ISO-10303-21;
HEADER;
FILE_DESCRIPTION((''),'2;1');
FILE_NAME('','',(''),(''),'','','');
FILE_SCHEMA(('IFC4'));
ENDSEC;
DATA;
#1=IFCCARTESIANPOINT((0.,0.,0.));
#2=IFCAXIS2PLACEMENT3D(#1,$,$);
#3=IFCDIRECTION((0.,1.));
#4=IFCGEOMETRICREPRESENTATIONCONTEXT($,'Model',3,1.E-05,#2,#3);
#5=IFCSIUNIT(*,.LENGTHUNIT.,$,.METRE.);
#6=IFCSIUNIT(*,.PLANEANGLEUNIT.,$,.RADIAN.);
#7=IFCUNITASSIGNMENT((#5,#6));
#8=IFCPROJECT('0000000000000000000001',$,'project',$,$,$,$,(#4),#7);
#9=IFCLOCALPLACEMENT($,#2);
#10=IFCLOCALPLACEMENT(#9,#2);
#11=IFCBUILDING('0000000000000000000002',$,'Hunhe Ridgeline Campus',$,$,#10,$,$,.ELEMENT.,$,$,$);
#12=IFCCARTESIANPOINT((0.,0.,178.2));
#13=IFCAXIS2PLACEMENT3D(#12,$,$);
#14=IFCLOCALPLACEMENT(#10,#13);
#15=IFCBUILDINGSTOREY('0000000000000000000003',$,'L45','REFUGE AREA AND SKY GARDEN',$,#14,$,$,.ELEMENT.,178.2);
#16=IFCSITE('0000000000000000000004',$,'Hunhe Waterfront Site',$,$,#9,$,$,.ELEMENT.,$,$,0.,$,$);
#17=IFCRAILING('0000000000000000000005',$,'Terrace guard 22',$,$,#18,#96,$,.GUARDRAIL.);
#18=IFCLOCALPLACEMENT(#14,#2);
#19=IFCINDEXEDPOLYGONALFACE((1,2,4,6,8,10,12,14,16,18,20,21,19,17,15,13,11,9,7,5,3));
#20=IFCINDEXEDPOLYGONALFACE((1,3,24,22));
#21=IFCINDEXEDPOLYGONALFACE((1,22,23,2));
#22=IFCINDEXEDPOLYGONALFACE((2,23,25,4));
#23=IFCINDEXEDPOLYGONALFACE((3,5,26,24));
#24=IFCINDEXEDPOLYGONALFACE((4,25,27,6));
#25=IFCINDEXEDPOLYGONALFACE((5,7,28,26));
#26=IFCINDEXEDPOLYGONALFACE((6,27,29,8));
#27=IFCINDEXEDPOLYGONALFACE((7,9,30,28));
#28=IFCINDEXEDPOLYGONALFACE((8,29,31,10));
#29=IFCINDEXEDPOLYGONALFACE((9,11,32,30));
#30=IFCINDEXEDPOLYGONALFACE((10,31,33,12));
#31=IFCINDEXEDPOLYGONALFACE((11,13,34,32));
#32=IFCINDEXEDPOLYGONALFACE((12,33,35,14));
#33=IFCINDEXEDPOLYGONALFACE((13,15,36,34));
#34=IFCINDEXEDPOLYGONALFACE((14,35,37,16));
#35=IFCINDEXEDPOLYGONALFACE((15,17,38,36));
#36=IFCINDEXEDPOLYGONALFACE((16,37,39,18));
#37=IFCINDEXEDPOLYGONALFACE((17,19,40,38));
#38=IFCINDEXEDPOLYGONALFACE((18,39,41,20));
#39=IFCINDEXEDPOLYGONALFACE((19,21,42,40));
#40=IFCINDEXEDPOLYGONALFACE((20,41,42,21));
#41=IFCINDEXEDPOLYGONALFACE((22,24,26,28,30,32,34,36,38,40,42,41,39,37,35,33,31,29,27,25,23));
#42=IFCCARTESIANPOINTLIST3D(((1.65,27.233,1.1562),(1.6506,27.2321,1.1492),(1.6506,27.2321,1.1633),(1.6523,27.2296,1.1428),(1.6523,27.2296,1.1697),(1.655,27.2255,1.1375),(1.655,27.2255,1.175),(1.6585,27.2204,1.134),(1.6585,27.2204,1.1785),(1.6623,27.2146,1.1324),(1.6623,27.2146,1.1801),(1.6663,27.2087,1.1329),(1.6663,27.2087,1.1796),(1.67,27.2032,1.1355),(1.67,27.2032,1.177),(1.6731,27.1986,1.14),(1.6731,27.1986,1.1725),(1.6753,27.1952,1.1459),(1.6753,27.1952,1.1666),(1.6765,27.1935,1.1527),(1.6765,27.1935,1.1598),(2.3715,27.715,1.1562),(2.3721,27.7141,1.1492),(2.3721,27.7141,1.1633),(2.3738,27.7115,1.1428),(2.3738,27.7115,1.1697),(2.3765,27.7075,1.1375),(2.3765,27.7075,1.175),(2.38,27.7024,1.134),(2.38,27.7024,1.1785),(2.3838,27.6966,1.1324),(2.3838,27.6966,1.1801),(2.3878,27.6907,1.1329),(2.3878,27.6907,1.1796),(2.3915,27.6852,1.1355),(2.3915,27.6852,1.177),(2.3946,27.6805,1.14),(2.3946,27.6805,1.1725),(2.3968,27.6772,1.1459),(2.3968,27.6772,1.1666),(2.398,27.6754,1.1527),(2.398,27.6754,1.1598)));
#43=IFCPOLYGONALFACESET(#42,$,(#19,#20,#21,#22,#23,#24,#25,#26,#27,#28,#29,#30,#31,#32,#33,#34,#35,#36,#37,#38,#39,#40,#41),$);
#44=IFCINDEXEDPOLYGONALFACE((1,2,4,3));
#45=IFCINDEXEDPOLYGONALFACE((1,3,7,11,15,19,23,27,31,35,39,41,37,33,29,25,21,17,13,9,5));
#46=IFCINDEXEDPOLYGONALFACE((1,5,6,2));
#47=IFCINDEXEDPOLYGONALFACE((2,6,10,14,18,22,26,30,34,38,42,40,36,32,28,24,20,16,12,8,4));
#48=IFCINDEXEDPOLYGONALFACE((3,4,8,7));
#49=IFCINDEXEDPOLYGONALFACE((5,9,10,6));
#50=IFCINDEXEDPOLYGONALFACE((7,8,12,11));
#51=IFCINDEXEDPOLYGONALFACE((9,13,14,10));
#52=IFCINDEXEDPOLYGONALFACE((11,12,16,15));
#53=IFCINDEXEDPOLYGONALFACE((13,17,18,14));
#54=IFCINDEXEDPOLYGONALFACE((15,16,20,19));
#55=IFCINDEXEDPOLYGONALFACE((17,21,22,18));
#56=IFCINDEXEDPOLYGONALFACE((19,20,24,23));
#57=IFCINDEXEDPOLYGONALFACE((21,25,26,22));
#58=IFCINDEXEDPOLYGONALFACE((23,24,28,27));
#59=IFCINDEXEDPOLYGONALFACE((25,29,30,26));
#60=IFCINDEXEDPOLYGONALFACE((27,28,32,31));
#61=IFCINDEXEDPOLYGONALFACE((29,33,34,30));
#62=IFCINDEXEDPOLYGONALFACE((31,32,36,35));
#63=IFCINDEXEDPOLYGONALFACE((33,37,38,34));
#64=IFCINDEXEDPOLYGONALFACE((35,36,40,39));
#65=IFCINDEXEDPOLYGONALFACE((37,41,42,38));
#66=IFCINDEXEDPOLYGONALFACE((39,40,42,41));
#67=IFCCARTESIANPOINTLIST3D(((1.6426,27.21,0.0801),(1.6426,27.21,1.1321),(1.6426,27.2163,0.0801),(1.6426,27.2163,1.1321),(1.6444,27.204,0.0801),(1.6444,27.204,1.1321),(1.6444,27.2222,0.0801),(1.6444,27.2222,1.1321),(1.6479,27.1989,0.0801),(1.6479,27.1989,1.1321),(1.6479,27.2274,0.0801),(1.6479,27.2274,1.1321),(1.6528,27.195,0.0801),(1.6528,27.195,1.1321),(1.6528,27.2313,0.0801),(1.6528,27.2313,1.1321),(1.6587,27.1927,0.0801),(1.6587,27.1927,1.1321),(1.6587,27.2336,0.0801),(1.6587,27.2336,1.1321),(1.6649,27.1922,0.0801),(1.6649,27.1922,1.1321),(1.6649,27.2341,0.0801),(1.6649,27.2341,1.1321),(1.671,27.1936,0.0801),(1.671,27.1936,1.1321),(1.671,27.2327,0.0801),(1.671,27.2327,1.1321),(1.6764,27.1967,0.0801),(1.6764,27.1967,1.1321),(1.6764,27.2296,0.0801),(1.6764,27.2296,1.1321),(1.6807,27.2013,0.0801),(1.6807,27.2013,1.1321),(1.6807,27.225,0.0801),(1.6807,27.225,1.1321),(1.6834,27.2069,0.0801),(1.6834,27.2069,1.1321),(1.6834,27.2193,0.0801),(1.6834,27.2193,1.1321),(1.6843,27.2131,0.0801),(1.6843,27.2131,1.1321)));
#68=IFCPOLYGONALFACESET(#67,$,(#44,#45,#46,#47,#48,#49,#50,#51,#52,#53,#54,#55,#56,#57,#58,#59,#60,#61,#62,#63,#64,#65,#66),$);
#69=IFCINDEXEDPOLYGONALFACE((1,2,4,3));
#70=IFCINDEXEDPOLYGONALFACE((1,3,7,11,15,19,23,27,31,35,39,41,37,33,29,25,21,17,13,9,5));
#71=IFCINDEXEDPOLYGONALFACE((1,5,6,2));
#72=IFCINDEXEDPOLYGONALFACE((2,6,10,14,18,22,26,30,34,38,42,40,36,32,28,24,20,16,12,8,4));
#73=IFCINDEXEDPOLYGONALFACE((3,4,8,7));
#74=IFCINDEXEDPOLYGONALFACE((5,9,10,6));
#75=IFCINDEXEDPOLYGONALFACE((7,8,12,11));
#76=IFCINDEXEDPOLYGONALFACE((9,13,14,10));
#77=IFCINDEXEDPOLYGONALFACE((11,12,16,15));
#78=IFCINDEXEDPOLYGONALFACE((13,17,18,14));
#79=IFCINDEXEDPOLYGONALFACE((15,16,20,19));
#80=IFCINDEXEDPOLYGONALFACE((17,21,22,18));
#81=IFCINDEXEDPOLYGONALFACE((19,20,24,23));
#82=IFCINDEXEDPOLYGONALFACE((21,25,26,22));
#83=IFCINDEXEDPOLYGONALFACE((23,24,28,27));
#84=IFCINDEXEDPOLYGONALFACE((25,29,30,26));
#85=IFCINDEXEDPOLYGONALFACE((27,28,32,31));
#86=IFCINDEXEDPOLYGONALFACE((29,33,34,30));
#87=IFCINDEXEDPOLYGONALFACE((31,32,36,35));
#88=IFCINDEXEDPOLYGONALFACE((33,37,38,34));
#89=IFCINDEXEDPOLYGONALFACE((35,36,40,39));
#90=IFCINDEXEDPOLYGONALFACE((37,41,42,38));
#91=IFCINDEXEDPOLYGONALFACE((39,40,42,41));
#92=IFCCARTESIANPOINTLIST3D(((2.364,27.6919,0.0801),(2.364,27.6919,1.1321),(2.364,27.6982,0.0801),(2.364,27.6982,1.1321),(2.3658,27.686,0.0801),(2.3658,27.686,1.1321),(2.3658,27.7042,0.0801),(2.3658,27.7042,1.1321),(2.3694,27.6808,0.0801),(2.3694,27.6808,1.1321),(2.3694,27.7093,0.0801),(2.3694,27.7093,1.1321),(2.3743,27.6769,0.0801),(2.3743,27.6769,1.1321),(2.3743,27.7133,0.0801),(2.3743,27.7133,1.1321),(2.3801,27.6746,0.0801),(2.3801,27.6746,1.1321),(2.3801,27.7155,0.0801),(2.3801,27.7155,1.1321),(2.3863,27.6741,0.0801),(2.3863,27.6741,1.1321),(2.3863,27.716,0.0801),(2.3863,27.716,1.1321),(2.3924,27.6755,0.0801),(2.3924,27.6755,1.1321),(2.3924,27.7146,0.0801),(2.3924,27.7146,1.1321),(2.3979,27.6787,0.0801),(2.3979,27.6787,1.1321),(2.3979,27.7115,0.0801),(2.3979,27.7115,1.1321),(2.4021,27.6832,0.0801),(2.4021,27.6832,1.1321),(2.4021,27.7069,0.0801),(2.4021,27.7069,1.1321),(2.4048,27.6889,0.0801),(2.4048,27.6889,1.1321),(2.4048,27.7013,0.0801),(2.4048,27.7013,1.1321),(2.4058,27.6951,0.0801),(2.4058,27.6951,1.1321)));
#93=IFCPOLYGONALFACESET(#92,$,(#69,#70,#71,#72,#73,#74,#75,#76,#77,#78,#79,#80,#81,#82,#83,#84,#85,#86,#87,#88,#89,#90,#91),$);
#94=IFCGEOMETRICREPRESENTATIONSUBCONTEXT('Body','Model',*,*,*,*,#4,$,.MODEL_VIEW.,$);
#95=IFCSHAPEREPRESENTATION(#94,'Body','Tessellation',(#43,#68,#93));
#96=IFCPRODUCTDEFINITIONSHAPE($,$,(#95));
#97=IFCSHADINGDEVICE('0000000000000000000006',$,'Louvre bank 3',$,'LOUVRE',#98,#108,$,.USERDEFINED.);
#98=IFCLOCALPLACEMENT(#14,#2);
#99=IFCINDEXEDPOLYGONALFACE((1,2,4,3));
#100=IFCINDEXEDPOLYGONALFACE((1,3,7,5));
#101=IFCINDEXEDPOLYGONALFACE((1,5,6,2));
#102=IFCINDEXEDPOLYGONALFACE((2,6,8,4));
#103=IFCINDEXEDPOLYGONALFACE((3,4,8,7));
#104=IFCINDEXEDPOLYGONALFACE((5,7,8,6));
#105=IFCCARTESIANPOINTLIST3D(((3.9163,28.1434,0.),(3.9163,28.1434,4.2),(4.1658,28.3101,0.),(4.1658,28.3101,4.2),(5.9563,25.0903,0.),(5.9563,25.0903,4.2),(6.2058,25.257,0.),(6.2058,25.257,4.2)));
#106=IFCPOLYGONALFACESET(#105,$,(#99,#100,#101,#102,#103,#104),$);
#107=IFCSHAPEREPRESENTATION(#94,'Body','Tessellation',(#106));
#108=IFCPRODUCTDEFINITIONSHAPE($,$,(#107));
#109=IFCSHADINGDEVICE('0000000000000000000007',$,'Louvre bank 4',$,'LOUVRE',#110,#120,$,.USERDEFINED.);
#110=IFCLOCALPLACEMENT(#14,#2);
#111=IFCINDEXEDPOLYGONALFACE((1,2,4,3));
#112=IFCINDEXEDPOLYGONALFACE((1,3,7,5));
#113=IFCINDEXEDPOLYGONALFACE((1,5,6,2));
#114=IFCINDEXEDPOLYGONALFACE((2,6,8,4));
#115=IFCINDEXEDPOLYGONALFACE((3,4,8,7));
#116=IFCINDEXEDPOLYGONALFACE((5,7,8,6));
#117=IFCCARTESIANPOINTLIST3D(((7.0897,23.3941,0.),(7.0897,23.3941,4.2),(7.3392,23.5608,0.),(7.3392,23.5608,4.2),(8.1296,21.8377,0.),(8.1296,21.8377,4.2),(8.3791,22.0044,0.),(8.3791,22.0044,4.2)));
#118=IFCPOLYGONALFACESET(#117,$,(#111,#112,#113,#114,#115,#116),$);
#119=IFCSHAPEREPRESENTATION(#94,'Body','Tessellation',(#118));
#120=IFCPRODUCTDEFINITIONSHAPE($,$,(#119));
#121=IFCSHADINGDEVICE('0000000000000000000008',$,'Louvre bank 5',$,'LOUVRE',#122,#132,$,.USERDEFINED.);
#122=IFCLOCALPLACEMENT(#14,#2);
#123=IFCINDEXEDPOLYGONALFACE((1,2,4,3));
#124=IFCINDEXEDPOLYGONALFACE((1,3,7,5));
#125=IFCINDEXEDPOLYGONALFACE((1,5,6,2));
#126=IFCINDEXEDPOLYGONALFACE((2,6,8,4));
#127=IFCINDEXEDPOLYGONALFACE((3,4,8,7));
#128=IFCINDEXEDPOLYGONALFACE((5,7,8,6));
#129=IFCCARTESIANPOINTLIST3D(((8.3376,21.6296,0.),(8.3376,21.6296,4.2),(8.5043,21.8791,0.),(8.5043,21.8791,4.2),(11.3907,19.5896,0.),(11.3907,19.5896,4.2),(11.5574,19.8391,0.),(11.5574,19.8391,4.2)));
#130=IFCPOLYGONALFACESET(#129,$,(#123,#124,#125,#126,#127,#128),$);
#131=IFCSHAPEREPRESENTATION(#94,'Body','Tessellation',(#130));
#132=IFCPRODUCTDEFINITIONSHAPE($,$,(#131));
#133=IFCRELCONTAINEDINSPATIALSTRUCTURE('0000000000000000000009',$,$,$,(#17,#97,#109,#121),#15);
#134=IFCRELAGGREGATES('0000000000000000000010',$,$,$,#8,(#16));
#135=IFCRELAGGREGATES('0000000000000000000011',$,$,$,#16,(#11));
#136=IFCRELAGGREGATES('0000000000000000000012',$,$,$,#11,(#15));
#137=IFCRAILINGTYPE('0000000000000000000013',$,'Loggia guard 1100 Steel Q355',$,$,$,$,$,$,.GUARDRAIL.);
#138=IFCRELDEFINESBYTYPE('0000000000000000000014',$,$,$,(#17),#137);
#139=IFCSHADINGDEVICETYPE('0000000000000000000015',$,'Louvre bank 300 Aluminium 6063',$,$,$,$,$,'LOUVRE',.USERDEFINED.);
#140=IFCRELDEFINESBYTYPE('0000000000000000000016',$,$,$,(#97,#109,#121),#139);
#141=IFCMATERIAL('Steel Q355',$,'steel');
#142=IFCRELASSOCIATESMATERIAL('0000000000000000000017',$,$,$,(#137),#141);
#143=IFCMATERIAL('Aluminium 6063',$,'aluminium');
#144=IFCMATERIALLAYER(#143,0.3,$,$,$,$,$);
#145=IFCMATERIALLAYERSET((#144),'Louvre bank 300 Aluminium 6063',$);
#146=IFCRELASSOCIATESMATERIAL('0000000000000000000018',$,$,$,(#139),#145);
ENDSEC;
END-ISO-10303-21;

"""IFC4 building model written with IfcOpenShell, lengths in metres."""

from ifc_helpers import new_model, si_unit, direction, frame, origin, origin_2d, place, context, subcontext, project, spatial, rectangle, circle, extrude, material, layer, layer_set, type_object, element, save


model = new_model("IFC4")

# Units and contexts
model_context = context("Model", 3, precision=1e-05, world=origin(), true_north=direction((0.0, 1.0)))
body_context = subcontext(model_context, "Body", "Model", "MODEL_VIEW")
ifc_project = project(units=[si_unit("LENGTHUNIT", "METRE"), si_unit("PLANEANGLEUNIT", "RADIAN")], contexts=[model_context])

# Site, building, storey
site_placement = place(None, origin())
site = spatial("IfcSite", under=ifc_project, at=site_placement, Name="Hunhe Waterfront Site", CompositionType="ELEMENT", RefElevation=0.0)
building_placement = place(site_placement, origin())
building = spatial("IfcBuilding", under=site, at=building_placement, Name="Hunhe Ridgeline Campus", CompositionType="ELEMENT")
storey_placement = place(building_placement, frame((0.0, 0.0, 178.2)))
storey = spatial("IfcBuildingStorey", under=building, at=storey_placement, Name="L45", Description="REFUGE AREA AND SKY GARDEN", CompositionType="ELEMENT", Elevation=178.2)

# Shared definitions
ifc_material_1 = material(Name="Aluminium 6063", Category="aluminium")

# Railing
ifc_material_2 = material(Name="Steel Q355", Category="steel")
railing_type = type_object("IfcRailingType", Name="Loggia guard 1100 Steel Q355", PredefinedType="GUARDRAIL", material=ifc_material_2)
railing_1_placement = place(storey_placement, frame((1.6633, 27.2131, 0.0801)))
element("IfcRailing", 1, at=railing_1_placement, inside=storey, type_object=railing_type, Name="Terrace guard 22", PredefinedType="GUARDRAIL", context=body_context, shape_type="SweptSolid", body=[
    extrude(circle(Radius=0.0239, at=origin_2d()), frame((0.0, 0.0, 1.0762), z_axis=(0.83153, 0.555479, 0.0), x_axis=(-0.555479, 0.83153, 0.0)), (0.0, 0.0, 1.0), 0.8677),
    extrude(circle(Radius=0.021, at=origin_2d()), origin(), (0.0, 0.0, 1.0), 1.052),
    extrude(circle(Radius=0.021, at=origin_2d()), frame((0.7214, 0.4819, 0.0)), (0.0, 0.0, 1.0), 1.052),
])

# Shading devices
ifc_layer_1 = layer(ifc_material_1, 0.3)
ifc_layer_set_1 = layer_set([ifc_layer_1], Name="Louvre bank 300 Aluminium 6063")
shading_device_type = type_object("IfcShadingDeviceType", Name="Louvre bank 300 Aluminium 6063", ElementType="LOUVRE", PredefinedType="USERDEFINED", material=ifc_layer_set_1)
shading_device_1_placement = place(storey_placement, frame((5.061, 26.7002, 0.0), z_axis=(0.0, 0.0, 1.0), x_axis=(0.55557, -0.83147, 0.0)))
element("IfcShadingDevice", 2, at=shading_device_1_placement, inside=storey, type_object=shading_device_type, Name="Louvre bank 3", ObjectType="LOUVRE", PredefinedType="USERDEFINED", context=body_context, shape_type="SweptSolid", body=[
    extrude(rectangle(XDim=3.6719, YDim=0.3, at=origin_2d()), origin(), (0.0, 0.0, 1.0), 4.2),
])
shading_device_2_placement = place(storey_placement, frame((7.7344, 22.6992, 0.0), z_axis=(0.0, 0.0, 1.0), x_axis=(0.55557, -0.83147, 0.0)))
element("IfcShadingDevice", 3, at=shading_device_2_placement, inside=storey, type_object=shading_device_type, Name="Louvre bank 4", ObjectType="LOUVRE", PredefinedType="USERDEFINED", context=body_context, shape_type="SweptSolid", body=[
    extrude(rectangle(XDim=1.8718, YDim=0.3, at=origin_2d()), origin(), (0.0, 0.0, 1.0), 4.2),
])
shading_device_3_placement = place(storey_placement, frame((9.9475, 20.7344, 0.0), z_axis=(0.0, 0.0, 1.0), x_axis=(0.83147, -0.55557, 0.0)))
element("IfcShadingDevice", 4, at=shading_device_3_placement, inside=storey, type_object=shading_device_type, Name="Louvre bank 5", ObjectType="LOUVRE", PredefinedType="USERDEFINED", context=body_context, shape_type="SweptSolid", body=[
    extrude(rectangle(XDim=3.6719, YDim=0.3, at=origin_2d()), origin(), (0.0, 0.0, 1.0), 4.2),
])

save(model, "model.ifc")
